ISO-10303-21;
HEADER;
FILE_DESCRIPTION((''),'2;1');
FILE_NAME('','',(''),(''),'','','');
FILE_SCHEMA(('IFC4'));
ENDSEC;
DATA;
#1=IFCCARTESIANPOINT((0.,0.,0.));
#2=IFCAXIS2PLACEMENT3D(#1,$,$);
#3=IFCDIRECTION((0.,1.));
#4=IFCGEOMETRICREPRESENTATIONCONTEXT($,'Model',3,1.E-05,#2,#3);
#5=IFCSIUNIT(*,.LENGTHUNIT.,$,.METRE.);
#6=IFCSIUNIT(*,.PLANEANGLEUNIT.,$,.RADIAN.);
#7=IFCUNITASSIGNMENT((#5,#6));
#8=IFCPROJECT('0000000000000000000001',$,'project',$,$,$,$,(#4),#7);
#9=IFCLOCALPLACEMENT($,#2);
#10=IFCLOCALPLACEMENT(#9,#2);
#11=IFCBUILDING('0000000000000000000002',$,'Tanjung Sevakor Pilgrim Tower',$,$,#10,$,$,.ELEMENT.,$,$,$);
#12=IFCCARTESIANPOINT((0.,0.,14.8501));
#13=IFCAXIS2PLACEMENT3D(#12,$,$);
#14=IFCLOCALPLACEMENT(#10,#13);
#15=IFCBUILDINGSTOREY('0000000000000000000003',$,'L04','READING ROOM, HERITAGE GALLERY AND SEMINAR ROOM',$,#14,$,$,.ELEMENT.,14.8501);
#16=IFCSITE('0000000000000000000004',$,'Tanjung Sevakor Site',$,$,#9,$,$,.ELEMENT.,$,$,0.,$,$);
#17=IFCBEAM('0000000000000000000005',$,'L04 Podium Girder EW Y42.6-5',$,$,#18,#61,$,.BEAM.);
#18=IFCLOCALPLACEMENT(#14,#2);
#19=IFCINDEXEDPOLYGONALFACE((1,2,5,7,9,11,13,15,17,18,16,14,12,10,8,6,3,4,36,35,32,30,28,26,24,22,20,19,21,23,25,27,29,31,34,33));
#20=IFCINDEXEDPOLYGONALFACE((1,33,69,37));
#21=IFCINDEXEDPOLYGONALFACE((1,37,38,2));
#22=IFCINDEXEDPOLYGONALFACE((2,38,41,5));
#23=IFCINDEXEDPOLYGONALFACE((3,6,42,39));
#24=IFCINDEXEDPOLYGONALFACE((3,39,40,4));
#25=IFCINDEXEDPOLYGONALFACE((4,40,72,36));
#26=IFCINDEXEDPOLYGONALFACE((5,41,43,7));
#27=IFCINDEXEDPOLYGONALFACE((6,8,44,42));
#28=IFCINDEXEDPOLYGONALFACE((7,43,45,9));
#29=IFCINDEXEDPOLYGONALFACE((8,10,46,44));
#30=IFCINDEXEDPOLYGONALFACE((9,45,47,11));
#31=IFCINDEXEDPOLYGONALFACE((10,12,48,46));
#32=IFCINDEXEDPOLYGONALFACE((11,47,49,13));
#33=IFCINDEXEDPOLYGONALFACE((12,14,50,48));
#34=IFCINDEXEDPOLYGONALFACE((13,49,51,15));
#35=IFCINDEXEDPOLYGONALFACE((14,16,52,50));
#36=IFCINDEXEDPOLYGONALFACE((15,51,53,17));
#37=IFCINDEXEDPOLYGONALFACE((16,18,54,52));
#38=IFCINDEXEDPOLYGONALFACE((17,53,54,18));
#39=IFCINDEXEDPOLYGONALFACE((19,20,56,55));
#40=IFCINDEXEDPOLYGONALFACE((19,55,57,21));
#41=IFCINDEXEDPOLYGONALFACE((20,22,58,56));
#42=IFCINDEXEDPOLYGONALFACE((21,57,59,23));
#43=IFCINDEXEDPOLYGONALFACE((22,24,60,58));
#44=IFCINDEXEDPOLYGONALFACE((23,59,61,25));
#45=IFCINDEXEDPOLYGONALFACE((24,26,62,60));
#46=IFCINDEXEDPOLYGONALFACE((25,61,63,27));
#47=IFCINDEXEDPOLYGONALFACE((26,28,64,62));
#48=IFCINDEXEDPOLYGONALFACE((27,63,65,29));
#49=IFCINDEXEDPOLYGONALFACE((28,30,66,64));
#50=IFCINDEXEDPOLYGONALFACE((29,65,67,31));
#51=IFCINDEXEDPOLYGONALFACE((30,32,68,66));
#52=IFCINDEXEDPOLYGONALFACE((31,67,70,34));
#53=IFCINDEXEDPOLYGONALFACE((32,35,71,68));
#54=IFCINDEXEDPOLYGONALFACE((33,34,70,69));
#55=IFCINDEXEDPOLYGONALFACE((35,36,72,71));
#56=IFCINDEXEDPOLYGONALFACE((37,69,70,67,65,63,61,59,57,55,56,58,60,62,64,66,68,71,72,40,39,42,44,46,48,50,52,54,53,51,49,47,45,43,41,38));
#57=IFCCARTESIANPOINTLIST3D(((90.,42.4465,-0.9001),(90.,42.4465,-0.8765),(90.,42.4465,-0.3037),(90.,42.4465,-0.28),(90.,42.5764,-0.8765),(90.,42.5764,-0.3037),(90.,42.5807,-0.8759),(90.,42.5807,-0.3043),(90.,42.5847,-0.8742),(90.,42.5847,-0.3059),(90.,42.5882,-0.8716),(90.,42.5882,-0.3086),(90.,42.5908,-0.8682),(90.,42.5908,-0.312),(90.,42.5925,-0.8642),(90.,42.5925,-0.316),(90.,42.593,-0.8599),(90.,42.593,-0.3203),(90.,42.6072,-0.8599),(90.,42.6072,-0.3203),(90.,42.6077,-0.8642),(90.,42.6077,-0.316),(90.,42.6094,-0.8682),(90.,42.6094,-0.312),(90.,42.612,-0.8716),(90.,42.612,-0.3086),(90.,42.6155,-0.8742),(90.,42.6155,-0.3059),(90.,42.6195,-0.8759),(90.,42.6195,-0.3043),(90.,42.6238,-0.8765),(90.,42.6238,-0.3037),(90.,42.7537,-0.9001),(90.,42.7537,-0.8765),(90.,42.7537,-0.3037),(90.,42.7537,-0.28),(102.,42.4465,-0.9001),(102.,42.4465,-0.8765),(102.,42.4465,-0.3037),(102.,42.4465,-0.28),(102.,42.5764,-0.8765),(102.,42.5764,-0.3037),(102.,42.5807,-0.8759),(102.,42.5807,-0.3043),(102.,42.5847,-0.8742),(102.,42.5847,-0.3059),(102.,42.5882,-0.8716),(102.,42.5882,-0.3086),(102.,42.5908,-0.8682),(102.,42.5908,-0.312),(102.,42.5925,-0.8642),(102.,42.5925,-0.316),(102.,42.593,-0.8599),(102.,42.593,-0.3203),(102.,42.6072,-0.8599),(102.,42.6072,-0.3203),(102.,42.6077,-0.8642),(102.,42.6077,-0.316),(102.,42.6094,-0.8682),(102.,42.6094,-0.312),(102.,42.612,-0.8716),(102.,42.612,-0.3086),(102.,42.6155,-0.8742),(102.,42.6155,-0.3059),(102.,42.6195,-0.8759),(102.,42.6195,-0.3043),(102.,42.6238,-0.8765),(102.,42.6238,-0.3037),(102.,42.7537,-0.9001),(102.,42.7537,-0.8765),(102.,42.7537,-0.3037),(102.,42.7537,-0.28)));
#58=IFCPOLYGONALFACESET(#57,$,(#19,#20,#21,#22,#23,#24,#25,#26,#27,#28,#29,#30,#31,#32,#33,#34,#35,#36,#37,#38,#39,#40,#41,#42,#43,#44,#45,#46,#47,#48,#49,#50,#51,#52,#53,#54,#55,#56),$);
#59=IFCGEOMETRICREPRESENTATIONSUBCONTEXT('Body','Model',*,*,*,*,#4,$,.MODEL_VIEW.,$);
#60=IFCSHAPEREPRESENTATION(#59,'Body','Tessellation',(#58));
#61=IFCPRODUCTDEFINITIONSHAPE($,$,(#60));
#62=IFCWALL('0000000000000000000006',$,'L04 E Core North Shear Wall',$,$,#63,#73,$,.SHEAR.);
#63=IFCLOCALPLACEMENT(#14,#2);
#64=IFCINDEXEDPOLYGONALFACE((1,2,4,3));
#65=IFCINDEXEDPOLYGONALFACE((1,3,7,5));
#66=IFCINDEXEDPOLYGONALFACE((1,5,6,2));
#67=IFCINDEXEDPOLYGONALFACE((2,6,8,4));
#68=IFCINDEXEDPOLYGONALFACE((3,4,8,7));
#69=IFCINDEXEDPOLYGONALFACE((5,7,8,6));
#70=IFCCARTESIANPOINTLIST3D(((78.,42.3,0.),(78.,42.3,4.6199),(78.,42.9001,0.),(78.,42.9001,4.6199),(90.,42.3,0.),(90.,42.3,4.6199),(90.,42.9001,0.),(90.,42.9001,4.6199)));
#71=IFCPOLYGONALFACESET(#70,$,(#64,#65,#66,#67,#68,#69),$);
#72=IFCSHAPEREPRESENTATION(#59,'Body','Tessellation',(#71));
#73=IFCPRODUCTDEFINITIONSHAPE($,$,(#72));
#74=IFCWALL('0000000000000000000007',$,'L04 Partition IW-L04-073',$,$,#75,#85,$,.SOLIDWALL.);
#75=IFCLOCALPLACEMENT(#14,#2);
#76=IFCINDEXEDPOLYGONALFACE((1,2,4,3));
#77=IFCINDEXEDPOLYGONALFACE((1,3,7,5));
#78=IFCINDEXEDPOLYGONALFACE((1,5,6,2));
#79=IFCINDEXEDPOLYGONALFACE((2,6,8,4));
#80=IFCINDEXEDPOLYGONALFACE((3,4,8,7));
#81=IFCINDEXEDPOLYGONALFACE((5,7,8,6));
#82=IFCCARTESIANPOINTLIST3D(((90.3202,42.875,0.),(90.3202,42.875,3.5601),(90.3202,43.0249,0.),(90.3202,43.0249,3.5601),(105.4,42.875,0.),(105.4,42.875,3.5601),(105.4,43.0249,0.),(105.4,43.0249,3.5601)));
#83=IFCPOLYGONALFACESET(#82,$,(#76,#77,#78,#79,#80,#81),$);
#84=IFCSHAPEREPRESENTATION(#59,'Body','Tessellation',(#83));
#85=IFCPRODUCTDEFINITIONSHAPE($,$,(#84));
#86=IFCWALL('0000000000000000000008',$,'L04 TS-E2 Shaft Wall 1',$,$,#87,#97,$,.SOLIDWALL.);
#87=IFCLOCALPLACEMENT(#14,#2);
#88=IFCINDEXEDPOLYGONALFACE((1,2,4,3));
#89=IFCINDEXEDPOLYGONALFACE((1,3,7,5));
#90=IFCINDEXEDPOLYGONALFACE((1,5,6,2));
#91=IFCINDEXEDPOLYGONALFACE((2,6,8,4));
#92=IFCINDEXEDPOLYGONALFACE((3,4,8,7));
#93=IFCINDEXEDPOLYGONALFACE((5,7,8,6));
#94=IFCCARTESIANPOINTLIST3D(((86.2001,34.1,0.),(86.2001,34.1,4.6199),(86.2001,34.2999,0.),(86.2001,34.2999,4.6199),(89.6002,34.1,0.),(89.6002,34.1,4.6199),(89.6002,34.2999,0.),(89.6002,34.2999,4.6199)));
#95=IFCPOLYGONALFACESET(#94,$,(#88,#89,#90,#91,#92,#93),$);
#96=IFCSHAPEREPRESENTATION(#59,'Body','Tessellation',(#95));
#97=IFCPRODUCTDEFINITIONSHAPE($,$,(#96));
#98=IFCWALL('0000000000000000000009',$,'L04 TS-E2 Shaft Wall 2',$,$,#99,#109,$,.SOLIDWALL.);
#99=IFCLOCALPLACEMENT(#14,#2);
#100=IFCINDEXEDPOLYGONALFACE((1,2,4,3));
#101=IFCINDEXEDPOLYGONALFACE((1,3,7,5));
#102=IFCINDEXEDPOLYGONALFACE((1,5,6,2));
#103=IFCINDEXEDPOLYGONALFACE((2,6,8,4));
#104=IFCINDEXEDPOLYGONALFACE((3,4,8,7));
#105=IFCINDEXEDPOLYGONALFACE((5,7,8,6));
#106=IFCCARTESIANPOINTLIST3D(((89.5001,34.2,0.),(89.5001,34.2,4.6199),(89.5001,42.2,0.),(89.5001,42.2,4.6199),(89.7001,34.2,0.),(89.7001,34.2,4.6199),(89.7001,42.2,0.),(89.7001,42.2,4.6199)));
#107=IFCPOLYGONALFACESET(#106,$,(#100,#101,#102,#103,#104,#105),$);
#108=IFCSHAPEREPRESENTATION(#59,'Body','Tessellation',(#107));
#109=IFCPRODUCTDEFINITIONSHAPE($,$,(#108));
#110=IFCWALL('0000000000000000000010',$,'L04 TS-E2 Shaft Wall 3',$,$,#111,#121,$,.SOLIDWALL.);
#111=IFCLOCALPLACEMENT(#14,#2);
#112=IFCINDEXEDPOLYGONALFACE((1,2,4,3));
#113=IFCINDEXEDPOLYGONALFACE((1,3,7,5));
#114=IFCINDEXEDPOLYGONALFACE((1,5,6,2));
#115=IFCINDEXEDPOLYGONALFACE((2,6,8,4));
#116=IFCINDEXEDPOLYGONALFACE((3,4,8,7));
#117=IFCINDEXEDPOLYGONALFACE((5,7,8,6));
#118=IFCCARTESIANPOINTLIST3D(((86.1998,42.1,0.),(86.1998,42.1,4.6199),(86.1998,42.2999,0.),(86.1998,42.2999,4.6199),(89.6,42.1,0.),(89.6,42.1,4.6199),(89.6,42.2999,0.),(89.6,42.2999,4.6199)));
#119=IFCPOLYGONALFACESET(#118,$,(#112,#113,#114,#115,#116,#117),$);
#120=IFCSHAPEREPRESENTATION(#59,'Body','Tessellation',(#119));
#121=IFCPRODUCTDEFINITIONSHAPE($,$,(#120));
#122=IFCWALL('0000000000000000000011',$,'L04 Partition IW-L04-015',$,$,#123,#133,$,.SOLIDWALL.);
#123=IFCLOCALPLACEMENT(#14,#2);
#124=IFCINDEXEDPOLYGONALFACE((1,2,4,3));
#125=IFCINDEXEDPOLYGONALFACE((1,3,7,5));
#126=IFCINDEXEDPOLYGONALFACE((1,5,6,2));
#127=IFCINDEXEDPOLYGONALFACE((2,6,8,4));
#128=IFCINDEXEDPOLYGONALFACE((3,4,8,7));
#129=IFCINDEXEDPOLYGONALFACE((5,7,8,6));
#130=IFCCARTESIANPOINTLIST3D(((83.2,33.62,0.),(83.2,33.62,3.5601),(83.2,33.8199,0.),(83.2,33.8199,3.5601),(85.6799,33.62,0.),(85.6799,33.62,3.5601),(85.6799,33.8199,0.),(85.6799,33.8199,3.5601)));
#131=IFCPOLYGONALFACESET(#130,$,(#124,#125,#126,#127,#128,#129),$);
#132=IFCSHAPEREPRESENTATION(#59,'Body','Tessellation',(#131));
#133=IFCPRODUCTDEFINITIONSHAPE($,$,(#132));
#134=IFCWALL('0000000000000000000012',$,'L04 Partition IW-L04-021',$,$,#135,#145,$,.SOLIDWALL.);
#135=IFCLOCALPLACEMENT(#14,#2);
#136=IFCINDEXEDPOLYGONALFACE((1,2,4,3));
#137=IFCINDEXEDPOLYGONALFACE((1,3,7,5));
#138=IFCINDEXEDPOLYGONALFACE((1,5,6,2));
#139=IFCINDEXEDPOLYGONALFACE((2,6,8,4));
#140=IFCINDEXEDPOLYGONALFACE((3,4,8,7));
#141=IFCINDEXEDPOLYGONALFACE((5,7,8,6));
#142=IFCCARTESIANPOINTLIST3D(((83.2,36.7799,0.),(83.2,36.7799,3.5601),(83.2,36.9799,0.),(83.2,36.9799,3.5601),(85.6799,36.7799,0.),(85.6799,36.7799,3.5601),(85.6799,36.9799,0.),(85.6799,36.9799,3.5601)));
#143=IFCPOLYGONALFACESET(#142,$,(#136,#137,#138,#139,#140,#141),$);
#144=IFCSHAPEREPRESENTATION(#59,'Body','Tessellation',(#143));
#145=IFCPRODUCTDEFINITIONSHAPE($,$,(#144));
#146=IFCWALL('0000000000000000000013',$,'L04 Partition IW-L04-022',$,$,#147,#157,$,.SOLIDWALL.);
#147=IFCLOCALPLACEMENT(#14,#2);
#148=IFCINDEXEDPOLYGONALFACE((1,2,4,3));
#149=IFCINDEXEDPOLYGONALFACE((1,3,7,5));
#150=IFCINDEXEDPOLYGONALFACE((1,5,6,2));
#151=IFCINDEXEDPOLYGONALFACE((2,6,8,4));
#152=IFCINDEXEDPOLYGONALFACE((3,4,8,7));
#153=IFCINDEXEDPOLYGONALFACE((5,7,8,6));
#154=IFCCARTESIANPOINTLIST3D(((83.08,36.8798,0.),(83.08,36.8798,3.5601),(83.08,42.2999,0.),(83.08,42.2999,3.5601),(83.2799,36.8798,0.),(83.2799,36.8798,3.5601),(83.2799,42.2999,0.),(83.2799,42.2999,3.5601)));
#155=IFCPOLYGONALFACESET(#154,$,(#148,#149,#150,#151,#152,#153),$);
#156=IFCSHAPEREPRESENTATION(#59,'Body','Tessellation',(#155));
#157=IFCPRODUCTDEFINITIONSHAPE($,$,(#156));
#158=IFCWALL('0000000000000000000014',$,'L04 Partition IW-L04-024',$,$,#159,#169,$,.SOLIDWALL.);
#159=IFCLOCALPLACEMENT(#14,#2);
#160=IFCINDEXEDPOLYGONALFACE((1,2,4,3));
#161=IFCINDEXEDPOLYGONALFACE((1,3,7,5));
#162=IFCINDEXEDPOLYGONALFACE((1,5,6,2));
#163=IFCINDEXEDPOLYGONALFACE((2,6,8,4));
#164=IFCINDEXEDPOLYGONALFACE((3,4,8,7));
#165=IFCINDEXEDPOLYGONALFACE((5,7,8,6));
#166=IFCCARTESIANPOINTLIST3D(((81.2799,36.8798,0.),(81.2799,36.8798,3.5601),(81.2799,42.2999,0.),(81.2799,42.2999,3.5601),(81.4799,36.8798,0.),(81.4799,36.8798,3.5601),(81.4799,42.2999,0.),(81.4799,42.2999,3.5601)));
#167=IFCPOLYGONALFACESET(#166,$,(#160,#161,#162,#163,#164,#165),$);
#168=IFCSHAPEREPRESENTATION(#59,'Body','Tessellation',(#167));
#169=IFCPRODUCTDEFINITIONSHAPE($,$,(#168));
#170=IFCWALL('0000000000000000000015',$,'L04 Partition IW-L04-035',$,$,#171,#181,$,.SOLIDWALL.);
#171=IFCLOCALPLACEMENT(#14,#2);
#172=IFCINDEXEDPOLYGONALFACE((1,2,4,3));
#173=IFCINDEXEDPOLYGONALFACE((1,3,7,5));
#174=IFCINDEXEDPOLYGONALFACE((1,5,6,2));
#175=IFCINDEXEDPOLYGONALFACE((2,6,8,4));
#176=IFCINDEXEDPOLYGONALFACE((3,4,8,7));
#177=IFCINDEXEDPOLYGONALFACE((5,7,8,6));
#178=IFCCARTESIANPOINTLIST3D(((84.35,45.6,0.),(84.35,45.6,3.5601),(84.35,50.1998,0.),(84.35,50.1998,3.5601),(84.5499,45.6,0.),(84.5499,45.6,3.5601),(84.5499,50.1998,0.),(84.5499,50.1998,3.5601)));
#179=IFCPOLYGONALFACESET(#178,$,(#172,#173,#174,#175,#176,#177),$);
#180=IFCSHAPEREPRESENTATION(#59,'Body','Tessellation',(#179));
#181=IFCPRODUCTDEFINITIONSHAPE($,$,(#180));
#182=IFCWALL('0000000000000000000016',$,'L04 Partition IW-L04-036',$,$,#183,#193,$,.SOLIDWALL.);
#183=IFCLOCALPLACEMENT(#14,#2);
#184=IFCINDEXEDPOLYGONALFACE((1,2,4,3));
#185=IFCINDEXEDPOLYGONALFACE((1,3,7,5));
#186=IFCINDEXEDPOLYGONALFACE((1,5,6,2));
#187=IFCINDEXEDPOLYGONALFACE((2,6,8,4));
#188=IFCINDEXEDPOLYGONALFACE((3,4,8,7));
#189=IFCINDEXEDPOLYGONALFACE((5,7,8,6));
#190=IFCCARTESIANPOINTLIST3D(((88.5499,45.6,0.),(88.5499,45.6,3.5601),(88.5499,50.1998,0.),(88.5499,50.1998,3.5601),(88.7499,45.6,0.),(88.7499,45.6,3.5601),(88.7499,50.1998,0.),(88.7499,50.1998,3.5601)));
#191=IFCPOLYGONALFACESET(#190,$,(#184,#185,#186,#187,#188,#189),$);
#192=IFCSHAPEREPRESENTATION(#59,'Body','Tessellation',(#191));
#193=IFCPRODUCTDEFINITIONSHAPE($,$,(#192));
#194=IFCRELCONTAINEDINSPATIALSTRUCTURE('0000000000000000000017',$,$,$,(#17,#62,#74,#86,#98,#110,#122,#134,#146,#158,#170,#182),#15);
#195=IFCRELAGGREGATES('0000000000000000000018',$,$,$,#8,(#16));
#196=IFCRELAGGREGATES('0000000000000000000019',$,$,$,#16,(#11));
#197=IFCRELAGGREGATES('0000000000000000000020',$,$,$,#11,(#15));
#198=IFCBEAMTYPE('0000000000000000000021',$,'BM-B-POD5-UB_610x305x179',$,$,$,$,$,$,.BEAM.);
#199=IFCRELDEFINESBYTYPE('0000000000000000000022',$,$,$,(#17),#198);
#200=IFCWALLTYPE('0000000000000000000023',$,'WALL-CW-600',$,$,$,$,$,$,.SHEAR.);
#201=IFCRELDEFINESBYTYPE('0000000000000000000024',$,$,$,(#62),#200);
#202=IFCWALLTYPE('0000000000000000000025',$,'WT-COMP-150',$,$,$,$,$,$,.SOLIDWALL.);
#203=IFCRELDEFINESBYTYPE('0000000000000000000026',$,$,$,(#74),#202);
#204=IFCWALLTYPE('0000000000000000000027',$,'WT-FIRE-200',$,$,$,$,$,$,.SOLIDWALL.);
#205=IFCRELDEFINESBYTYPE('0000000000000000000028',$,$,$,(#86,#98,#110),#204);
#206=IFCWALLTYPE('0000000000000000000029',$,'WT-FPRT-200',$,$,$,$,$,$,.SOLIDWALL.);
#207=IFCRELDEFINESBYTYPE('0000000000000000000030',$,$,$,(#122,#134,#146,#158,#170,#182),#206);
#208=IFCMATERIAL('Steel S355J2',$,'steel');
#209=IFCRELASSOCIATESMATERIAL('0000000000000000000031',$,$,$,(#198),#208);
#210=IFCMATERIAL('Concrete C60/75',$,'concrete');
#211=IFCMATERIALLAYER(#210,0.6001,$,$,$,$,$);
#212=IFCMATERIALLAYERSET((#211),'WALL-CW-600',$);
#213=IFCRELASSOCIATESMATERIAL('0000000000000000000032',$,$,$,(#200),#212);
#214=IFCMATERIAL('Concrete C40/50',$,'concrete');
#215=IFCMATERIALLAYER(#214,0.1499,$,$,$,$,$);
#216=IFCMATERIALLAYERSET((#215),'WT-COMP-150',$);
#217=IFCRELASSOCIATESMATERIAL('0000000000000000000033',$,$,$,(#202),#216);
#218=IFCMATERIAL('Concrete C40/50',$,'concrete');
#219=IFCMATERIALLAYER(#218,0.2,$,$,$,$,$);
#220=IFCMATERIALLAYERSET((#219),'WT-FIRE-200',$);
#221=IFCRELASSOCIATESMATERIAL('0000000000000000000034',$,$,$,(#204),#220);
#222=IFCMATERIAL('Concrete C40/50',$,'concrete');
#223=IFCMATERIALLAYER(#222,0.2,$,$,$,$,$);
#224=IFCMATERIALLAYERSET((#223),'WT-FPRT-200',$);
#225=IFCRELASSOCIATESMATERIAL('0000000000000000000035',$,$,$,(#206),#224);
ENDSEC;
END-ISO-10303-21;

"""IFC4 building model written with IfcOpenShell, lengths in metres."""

from ifc_helpers import new_model, si_unit, direction, frame, frame_2d, origin, origin_2d, place, context, subcontext, project, spatial, rectangle, i_section, extrude, material, layer, layer_set, material_profile, profile_set, type_object, element, save


model = new_model("IFC4")

# Units and contexts
model_context = context("Model", 3, precision=1e-05, world=origin(), true_north=direction((0.0, 1.0)))
body_context = subcontext(model_context, "Body", "Model", "MODEL_VIEW")
ifc_project = project(units=[si_unit("LENGTHUNIT", "METRE"), si_unit("PLANEANGLEUNIT", "RADIAN")], contexts=[model_context])

# Site, building, storey
site_placement = place(None, origin())
site = spatial("IfcSite", under=ifc_project, at=site_placement, Name="Tanjung Sevakor Site", CompositionType="ELEMENT", RefElevation=0.0)
building_placement = place(site_placement, origin())
building = spatial("IfcBuilding", under=site, at=building_placement, Name="Tanjung Sevakor Pilgrim Tower", CompositionType="ELEMENT")
storey_placement = place(building_placement, frame((0.0, 0.0, 14.8501)))
storey = spatial("IfcBuildingStorey", under=building, at=storey_placement, Name="L04", Description="READING ROOM, HERITAGE GALLERY AND SEMINAR ROOM", CompositionType="ELEMENT", Elevation=14.8501)

# Beam
ifc_material_1 = material(Name="Steel S355J2", Category="steel")
ifc_material_profile_1 = material_profile(ifc_material_1, i_section(OverallWidth=0.3071, OverallDepth=0.6201, WebThickness=0.0142, FlangeThickness=0.0237, FilletRadius=0.0166, at=origin_2d()))
ifc_profile_set_1 = profile_set([ifc_material_profile_1], Name="Steel S355J2")
beam_type_1 = type_object("IfcBeamType", Name="BM-B-POD5-UB_610x305x179", PredefinedType="BEAM", material=ifc_profile_set_1)
beam_1_placement = place(storey_placement, frame((90.0, 42.6001, -0.5901), z_axis=(1.0, 0.0, 0.0), x_axis=(0.0, 1.0, 0.0)))
element("IfcBeam", 1, at=beam_1_placement, inside=storey, type_object=beam_type_1, Name="L04 Podium Girder EW Y42.6-5", PredefinedType="BEAM", context=body_context, shape_type="SweptSolid", body=[
    extrude(i_section(OverallWidth=0.3071, OverallDepth=0.6201, WebThickness=0.0142, FlangeThickness=0.0237, FilletRadius=0.0166, at=origin_2d()), origin(), (0.0, 0.0, 1.0), 12.0),
])

# Walls
ifc_material_2 = material(Name="Concrete C60/75", Category="concrete")
ifc_layer_1 = layer(ifc_material_2, 0.6001)
ifc_layer_set_1 = layer_set([ifc_layer_1], Name="WALL-CW-600")
wall_type_1 = type_object("IfcWallType", Name="WALL-CW-600", PredefinedType="SHEAR", material=ifc_layer_set_1)
wall_1_placement = place(storey_placement, frame((90.0, 42.6001, 0.0), z_axis=(0.0, 0.0, 1.0), x_axis=(-1.0, 0.0, 0.0)))
element("IfcWall", 2, at=wall_1_placement, inside=storey, type_object=wall_type_1, Name="L04 E Core North Shear Wall", PredefinedType="SHEAR", context=body_context, shape_type="SweptSolid", body=[
    extrude(rectangle(XDim=12.0, YDim=0.6001, at=frame_2d((6.0, 0.0))), origin(), (0.0, 0.0, 1.0), 4.6199),
])
ifc_material_3 = material(Name="Concrete C40/50", Category="concrete")
ifc_layer_2 = layer(ifc_material_3, 0.1499)
ifc_layer_set_2 = layer_set([ifc_layer_2], Name="WT-COMP-150")
wall_type_2 = type_object("IfcWallType", Name="WT-COMP-150", PredefinedType="SOLIDWALL", material=ifc_layer_set_2)
wall_2_placement = place(storey_placement, frame((90.3201, 42.95, 0.0), z_axis=(0.0, 0.0, 1.0), x_axis=(1.0, 0.0, 0.0)))
element("IfcWall", 3, at=wall_2_placement, inside=storey, type_object=wall_type_2, Name="L04 Partition IW-L04-073", PredefinedType="SOLIDWALL", context=body_context, shape_type="SweptSolid", body=[
    extrude(rectangle(XDim=15.0798, YDim=0.1499, at=frame_2d((7.54, 0.0))), origin(), (0.0, 0.0, 1.0), 3.5601),
])
ifc_material_4 = material(Name="Concrete C40/50", Category="concrete")
ifc_layer_3 = layer(ifc_material_4, 0.2)
ifc_layer_set_3 = layer_set([ifc_layer_3], Name="WT-FIRE-200")
wall_type_3 = type_object("IfcWallType", Name="WT-FIRE-200", PredefinedType="SOLIDWALL", material=ifc_layer_set_3)
wall_3_placement = place(storey_placement, frame((86.2, 34.2, 0.0), z_axis=(0.0, 0.0, 1.0), x_axis=(1.0, 0.0, 0.0)))
element("IfcWall", 4, at=wall_3_placement, inside=storey, type_object=wall_type_3, Name="L04 TS-E2 Shaft Wall 1", PredefinedType="SOLIDWALL", context=body_context, shape_type="SweptSolid", body=[
    extrude(rectangle(XDim=3.4001, YDim=0.2, at=frame_2d((1.7002, 0.0))), origin(), (0.0, 0.0, 1.0), 4.6199),
])
wall_4_placement = place(storey_placement, frame((89.6001, 34.2, 0.0), z_axis=(0.0, 0.0, 1.0), x_axis=(0.0, 1.0, 0.0)))
element("IfcWall", 5, at=wall_4_placement, inside=storey, type_object=wall_type_3, Name="L04 TS-E2 Shaft Wall 2", PredefinedType="SOLIDWALL", context=body_context, shape_type="SweptSolid", body=[
    extrude(rectangle(XDim=8.0, YDim=0.2, at=frame_2d((4.0, 0.0))), origin(), (0.0, 0.0, 1.0), 4.6199),
])
wall_5_placement = place(storey_placement, frame((89.6001, 42.2, 0.0), z_axis=(0.0, 0.0, 1.0), x_axis=(-1.0, 0.0, 0.0)))
element("IfcWall", 6, at=wall_5_placement, inside=storey, type_object=wall_type_3, Name="L04 TS-E2 Shaft Wall 3", PredefinedType="SOLIDWALL", context=body_context, shape_type="SweptSolid", body=[
    extrude(rectangle(XDim=3.4001, YDim=0.2, at=frame_2d((1.7002, 0.0))), origin(), (0.0, 0.0, 1.0), 4.6199),
])
ifc_material_5 = material(Name="Concrete C40/50", Category="concrete")
ifc_layer_4 = layer(ifc_material_5, 0.2)
ifc_layer_set_4 = layer_set([ifc_layer_4], Name="WT-FPRT-200")
wall_type_4 = type_object("IfcWallType", Name="WT-FPRT-200", PredefinedType="SOLIDWALL", material=ifc_layer_set_4)
for number, where, z_axis, x_axis, name in (
    (7, (83.2, 33.72, 0.0), (0.0, 0.0, 1.0), (1.0, 0.0, 0.0), "L04 Partition IW-L04-015"),
    (8, (83.2, 36.8799, 0.0), (0.0, 0.0, 1.0), (1.0, 0.0, 0.0), "L04 Partition IW-L04-021"),
):
    element("IfcWall", number, at=place(storey_placement, frame(where, z_axis=z_axis, x_axis=x_axis)), inside=storey, type_object=wall_type_4, Name=name, PredefinedType="SOLIDWALL", context=body_context, shape_type="SweptSolid", body=[
        extrude(rectangle(XDim=2.48, YDim=0.2, at=frame_2d((1.24, 0.0))), origin(), (0.0, 0.0, 1.0), 3.5601),
    ])
for number, where, z_axis, x_axis, name in (
    (9, (83.1799, 36.8799, 0.0), (0.0, 0.0, 1.0), (0.0, 1.0, 0.0), "L04 Partition IW-L04-022"),
    (10, (81.3799, 36.8799, 0.0), (0.0, 0.0, 1.0), (0.0, 1.0, 0.0), "L04 Partition IW-L04-024"),
):
    element("IfcWall", number, at=place(storey_placement, frame(where, z_axis=z_axis, x_axis=x_axis)), inside=storey, type_object=wall_type_4, Name=name, PredefinedType="SOLIDWALL", context=body_context, shape_type="SweptSolid", body=[
        extrude(rectangle(XDim=5.4202, YDim=0.2, at=frame_2d((2.71, 0.0))), origin(), (0.0, 0.0, 1.0), 3.5601),
    ])
for number, where, z_axis, x_axis, name in (
    (11, (84.45, 45.6001, 0.0), (0.0, 0.0, 1.0), (0.0, 1.0, 0.0), "L04 Partition IW-L04-035"),
    (12, (88.6499, 45.6001, 0.0), (0.0, 0.0, 1.0), (0.0, 1.0, 0.0), "L04 Partition IW-L04-036"),
):
    element("IfcWall", number, at=place(storey_placement, frame(where, z_axis=z_axis, x_axis=x_axis)), inside=storey, type_object=wall_type_4, Name=name, PredefinedType="SOLIDWALL", context=body_context, shape_type="SweptSolid", body=[
        extrude(rectangle(XDim=4.5999, YDim=0.2, at=frame_2d((2.2998, 0.0))), origin(), (0.0, 0.0, 1.0), 3.5601),
    ])

save(model, "model.ifc")
